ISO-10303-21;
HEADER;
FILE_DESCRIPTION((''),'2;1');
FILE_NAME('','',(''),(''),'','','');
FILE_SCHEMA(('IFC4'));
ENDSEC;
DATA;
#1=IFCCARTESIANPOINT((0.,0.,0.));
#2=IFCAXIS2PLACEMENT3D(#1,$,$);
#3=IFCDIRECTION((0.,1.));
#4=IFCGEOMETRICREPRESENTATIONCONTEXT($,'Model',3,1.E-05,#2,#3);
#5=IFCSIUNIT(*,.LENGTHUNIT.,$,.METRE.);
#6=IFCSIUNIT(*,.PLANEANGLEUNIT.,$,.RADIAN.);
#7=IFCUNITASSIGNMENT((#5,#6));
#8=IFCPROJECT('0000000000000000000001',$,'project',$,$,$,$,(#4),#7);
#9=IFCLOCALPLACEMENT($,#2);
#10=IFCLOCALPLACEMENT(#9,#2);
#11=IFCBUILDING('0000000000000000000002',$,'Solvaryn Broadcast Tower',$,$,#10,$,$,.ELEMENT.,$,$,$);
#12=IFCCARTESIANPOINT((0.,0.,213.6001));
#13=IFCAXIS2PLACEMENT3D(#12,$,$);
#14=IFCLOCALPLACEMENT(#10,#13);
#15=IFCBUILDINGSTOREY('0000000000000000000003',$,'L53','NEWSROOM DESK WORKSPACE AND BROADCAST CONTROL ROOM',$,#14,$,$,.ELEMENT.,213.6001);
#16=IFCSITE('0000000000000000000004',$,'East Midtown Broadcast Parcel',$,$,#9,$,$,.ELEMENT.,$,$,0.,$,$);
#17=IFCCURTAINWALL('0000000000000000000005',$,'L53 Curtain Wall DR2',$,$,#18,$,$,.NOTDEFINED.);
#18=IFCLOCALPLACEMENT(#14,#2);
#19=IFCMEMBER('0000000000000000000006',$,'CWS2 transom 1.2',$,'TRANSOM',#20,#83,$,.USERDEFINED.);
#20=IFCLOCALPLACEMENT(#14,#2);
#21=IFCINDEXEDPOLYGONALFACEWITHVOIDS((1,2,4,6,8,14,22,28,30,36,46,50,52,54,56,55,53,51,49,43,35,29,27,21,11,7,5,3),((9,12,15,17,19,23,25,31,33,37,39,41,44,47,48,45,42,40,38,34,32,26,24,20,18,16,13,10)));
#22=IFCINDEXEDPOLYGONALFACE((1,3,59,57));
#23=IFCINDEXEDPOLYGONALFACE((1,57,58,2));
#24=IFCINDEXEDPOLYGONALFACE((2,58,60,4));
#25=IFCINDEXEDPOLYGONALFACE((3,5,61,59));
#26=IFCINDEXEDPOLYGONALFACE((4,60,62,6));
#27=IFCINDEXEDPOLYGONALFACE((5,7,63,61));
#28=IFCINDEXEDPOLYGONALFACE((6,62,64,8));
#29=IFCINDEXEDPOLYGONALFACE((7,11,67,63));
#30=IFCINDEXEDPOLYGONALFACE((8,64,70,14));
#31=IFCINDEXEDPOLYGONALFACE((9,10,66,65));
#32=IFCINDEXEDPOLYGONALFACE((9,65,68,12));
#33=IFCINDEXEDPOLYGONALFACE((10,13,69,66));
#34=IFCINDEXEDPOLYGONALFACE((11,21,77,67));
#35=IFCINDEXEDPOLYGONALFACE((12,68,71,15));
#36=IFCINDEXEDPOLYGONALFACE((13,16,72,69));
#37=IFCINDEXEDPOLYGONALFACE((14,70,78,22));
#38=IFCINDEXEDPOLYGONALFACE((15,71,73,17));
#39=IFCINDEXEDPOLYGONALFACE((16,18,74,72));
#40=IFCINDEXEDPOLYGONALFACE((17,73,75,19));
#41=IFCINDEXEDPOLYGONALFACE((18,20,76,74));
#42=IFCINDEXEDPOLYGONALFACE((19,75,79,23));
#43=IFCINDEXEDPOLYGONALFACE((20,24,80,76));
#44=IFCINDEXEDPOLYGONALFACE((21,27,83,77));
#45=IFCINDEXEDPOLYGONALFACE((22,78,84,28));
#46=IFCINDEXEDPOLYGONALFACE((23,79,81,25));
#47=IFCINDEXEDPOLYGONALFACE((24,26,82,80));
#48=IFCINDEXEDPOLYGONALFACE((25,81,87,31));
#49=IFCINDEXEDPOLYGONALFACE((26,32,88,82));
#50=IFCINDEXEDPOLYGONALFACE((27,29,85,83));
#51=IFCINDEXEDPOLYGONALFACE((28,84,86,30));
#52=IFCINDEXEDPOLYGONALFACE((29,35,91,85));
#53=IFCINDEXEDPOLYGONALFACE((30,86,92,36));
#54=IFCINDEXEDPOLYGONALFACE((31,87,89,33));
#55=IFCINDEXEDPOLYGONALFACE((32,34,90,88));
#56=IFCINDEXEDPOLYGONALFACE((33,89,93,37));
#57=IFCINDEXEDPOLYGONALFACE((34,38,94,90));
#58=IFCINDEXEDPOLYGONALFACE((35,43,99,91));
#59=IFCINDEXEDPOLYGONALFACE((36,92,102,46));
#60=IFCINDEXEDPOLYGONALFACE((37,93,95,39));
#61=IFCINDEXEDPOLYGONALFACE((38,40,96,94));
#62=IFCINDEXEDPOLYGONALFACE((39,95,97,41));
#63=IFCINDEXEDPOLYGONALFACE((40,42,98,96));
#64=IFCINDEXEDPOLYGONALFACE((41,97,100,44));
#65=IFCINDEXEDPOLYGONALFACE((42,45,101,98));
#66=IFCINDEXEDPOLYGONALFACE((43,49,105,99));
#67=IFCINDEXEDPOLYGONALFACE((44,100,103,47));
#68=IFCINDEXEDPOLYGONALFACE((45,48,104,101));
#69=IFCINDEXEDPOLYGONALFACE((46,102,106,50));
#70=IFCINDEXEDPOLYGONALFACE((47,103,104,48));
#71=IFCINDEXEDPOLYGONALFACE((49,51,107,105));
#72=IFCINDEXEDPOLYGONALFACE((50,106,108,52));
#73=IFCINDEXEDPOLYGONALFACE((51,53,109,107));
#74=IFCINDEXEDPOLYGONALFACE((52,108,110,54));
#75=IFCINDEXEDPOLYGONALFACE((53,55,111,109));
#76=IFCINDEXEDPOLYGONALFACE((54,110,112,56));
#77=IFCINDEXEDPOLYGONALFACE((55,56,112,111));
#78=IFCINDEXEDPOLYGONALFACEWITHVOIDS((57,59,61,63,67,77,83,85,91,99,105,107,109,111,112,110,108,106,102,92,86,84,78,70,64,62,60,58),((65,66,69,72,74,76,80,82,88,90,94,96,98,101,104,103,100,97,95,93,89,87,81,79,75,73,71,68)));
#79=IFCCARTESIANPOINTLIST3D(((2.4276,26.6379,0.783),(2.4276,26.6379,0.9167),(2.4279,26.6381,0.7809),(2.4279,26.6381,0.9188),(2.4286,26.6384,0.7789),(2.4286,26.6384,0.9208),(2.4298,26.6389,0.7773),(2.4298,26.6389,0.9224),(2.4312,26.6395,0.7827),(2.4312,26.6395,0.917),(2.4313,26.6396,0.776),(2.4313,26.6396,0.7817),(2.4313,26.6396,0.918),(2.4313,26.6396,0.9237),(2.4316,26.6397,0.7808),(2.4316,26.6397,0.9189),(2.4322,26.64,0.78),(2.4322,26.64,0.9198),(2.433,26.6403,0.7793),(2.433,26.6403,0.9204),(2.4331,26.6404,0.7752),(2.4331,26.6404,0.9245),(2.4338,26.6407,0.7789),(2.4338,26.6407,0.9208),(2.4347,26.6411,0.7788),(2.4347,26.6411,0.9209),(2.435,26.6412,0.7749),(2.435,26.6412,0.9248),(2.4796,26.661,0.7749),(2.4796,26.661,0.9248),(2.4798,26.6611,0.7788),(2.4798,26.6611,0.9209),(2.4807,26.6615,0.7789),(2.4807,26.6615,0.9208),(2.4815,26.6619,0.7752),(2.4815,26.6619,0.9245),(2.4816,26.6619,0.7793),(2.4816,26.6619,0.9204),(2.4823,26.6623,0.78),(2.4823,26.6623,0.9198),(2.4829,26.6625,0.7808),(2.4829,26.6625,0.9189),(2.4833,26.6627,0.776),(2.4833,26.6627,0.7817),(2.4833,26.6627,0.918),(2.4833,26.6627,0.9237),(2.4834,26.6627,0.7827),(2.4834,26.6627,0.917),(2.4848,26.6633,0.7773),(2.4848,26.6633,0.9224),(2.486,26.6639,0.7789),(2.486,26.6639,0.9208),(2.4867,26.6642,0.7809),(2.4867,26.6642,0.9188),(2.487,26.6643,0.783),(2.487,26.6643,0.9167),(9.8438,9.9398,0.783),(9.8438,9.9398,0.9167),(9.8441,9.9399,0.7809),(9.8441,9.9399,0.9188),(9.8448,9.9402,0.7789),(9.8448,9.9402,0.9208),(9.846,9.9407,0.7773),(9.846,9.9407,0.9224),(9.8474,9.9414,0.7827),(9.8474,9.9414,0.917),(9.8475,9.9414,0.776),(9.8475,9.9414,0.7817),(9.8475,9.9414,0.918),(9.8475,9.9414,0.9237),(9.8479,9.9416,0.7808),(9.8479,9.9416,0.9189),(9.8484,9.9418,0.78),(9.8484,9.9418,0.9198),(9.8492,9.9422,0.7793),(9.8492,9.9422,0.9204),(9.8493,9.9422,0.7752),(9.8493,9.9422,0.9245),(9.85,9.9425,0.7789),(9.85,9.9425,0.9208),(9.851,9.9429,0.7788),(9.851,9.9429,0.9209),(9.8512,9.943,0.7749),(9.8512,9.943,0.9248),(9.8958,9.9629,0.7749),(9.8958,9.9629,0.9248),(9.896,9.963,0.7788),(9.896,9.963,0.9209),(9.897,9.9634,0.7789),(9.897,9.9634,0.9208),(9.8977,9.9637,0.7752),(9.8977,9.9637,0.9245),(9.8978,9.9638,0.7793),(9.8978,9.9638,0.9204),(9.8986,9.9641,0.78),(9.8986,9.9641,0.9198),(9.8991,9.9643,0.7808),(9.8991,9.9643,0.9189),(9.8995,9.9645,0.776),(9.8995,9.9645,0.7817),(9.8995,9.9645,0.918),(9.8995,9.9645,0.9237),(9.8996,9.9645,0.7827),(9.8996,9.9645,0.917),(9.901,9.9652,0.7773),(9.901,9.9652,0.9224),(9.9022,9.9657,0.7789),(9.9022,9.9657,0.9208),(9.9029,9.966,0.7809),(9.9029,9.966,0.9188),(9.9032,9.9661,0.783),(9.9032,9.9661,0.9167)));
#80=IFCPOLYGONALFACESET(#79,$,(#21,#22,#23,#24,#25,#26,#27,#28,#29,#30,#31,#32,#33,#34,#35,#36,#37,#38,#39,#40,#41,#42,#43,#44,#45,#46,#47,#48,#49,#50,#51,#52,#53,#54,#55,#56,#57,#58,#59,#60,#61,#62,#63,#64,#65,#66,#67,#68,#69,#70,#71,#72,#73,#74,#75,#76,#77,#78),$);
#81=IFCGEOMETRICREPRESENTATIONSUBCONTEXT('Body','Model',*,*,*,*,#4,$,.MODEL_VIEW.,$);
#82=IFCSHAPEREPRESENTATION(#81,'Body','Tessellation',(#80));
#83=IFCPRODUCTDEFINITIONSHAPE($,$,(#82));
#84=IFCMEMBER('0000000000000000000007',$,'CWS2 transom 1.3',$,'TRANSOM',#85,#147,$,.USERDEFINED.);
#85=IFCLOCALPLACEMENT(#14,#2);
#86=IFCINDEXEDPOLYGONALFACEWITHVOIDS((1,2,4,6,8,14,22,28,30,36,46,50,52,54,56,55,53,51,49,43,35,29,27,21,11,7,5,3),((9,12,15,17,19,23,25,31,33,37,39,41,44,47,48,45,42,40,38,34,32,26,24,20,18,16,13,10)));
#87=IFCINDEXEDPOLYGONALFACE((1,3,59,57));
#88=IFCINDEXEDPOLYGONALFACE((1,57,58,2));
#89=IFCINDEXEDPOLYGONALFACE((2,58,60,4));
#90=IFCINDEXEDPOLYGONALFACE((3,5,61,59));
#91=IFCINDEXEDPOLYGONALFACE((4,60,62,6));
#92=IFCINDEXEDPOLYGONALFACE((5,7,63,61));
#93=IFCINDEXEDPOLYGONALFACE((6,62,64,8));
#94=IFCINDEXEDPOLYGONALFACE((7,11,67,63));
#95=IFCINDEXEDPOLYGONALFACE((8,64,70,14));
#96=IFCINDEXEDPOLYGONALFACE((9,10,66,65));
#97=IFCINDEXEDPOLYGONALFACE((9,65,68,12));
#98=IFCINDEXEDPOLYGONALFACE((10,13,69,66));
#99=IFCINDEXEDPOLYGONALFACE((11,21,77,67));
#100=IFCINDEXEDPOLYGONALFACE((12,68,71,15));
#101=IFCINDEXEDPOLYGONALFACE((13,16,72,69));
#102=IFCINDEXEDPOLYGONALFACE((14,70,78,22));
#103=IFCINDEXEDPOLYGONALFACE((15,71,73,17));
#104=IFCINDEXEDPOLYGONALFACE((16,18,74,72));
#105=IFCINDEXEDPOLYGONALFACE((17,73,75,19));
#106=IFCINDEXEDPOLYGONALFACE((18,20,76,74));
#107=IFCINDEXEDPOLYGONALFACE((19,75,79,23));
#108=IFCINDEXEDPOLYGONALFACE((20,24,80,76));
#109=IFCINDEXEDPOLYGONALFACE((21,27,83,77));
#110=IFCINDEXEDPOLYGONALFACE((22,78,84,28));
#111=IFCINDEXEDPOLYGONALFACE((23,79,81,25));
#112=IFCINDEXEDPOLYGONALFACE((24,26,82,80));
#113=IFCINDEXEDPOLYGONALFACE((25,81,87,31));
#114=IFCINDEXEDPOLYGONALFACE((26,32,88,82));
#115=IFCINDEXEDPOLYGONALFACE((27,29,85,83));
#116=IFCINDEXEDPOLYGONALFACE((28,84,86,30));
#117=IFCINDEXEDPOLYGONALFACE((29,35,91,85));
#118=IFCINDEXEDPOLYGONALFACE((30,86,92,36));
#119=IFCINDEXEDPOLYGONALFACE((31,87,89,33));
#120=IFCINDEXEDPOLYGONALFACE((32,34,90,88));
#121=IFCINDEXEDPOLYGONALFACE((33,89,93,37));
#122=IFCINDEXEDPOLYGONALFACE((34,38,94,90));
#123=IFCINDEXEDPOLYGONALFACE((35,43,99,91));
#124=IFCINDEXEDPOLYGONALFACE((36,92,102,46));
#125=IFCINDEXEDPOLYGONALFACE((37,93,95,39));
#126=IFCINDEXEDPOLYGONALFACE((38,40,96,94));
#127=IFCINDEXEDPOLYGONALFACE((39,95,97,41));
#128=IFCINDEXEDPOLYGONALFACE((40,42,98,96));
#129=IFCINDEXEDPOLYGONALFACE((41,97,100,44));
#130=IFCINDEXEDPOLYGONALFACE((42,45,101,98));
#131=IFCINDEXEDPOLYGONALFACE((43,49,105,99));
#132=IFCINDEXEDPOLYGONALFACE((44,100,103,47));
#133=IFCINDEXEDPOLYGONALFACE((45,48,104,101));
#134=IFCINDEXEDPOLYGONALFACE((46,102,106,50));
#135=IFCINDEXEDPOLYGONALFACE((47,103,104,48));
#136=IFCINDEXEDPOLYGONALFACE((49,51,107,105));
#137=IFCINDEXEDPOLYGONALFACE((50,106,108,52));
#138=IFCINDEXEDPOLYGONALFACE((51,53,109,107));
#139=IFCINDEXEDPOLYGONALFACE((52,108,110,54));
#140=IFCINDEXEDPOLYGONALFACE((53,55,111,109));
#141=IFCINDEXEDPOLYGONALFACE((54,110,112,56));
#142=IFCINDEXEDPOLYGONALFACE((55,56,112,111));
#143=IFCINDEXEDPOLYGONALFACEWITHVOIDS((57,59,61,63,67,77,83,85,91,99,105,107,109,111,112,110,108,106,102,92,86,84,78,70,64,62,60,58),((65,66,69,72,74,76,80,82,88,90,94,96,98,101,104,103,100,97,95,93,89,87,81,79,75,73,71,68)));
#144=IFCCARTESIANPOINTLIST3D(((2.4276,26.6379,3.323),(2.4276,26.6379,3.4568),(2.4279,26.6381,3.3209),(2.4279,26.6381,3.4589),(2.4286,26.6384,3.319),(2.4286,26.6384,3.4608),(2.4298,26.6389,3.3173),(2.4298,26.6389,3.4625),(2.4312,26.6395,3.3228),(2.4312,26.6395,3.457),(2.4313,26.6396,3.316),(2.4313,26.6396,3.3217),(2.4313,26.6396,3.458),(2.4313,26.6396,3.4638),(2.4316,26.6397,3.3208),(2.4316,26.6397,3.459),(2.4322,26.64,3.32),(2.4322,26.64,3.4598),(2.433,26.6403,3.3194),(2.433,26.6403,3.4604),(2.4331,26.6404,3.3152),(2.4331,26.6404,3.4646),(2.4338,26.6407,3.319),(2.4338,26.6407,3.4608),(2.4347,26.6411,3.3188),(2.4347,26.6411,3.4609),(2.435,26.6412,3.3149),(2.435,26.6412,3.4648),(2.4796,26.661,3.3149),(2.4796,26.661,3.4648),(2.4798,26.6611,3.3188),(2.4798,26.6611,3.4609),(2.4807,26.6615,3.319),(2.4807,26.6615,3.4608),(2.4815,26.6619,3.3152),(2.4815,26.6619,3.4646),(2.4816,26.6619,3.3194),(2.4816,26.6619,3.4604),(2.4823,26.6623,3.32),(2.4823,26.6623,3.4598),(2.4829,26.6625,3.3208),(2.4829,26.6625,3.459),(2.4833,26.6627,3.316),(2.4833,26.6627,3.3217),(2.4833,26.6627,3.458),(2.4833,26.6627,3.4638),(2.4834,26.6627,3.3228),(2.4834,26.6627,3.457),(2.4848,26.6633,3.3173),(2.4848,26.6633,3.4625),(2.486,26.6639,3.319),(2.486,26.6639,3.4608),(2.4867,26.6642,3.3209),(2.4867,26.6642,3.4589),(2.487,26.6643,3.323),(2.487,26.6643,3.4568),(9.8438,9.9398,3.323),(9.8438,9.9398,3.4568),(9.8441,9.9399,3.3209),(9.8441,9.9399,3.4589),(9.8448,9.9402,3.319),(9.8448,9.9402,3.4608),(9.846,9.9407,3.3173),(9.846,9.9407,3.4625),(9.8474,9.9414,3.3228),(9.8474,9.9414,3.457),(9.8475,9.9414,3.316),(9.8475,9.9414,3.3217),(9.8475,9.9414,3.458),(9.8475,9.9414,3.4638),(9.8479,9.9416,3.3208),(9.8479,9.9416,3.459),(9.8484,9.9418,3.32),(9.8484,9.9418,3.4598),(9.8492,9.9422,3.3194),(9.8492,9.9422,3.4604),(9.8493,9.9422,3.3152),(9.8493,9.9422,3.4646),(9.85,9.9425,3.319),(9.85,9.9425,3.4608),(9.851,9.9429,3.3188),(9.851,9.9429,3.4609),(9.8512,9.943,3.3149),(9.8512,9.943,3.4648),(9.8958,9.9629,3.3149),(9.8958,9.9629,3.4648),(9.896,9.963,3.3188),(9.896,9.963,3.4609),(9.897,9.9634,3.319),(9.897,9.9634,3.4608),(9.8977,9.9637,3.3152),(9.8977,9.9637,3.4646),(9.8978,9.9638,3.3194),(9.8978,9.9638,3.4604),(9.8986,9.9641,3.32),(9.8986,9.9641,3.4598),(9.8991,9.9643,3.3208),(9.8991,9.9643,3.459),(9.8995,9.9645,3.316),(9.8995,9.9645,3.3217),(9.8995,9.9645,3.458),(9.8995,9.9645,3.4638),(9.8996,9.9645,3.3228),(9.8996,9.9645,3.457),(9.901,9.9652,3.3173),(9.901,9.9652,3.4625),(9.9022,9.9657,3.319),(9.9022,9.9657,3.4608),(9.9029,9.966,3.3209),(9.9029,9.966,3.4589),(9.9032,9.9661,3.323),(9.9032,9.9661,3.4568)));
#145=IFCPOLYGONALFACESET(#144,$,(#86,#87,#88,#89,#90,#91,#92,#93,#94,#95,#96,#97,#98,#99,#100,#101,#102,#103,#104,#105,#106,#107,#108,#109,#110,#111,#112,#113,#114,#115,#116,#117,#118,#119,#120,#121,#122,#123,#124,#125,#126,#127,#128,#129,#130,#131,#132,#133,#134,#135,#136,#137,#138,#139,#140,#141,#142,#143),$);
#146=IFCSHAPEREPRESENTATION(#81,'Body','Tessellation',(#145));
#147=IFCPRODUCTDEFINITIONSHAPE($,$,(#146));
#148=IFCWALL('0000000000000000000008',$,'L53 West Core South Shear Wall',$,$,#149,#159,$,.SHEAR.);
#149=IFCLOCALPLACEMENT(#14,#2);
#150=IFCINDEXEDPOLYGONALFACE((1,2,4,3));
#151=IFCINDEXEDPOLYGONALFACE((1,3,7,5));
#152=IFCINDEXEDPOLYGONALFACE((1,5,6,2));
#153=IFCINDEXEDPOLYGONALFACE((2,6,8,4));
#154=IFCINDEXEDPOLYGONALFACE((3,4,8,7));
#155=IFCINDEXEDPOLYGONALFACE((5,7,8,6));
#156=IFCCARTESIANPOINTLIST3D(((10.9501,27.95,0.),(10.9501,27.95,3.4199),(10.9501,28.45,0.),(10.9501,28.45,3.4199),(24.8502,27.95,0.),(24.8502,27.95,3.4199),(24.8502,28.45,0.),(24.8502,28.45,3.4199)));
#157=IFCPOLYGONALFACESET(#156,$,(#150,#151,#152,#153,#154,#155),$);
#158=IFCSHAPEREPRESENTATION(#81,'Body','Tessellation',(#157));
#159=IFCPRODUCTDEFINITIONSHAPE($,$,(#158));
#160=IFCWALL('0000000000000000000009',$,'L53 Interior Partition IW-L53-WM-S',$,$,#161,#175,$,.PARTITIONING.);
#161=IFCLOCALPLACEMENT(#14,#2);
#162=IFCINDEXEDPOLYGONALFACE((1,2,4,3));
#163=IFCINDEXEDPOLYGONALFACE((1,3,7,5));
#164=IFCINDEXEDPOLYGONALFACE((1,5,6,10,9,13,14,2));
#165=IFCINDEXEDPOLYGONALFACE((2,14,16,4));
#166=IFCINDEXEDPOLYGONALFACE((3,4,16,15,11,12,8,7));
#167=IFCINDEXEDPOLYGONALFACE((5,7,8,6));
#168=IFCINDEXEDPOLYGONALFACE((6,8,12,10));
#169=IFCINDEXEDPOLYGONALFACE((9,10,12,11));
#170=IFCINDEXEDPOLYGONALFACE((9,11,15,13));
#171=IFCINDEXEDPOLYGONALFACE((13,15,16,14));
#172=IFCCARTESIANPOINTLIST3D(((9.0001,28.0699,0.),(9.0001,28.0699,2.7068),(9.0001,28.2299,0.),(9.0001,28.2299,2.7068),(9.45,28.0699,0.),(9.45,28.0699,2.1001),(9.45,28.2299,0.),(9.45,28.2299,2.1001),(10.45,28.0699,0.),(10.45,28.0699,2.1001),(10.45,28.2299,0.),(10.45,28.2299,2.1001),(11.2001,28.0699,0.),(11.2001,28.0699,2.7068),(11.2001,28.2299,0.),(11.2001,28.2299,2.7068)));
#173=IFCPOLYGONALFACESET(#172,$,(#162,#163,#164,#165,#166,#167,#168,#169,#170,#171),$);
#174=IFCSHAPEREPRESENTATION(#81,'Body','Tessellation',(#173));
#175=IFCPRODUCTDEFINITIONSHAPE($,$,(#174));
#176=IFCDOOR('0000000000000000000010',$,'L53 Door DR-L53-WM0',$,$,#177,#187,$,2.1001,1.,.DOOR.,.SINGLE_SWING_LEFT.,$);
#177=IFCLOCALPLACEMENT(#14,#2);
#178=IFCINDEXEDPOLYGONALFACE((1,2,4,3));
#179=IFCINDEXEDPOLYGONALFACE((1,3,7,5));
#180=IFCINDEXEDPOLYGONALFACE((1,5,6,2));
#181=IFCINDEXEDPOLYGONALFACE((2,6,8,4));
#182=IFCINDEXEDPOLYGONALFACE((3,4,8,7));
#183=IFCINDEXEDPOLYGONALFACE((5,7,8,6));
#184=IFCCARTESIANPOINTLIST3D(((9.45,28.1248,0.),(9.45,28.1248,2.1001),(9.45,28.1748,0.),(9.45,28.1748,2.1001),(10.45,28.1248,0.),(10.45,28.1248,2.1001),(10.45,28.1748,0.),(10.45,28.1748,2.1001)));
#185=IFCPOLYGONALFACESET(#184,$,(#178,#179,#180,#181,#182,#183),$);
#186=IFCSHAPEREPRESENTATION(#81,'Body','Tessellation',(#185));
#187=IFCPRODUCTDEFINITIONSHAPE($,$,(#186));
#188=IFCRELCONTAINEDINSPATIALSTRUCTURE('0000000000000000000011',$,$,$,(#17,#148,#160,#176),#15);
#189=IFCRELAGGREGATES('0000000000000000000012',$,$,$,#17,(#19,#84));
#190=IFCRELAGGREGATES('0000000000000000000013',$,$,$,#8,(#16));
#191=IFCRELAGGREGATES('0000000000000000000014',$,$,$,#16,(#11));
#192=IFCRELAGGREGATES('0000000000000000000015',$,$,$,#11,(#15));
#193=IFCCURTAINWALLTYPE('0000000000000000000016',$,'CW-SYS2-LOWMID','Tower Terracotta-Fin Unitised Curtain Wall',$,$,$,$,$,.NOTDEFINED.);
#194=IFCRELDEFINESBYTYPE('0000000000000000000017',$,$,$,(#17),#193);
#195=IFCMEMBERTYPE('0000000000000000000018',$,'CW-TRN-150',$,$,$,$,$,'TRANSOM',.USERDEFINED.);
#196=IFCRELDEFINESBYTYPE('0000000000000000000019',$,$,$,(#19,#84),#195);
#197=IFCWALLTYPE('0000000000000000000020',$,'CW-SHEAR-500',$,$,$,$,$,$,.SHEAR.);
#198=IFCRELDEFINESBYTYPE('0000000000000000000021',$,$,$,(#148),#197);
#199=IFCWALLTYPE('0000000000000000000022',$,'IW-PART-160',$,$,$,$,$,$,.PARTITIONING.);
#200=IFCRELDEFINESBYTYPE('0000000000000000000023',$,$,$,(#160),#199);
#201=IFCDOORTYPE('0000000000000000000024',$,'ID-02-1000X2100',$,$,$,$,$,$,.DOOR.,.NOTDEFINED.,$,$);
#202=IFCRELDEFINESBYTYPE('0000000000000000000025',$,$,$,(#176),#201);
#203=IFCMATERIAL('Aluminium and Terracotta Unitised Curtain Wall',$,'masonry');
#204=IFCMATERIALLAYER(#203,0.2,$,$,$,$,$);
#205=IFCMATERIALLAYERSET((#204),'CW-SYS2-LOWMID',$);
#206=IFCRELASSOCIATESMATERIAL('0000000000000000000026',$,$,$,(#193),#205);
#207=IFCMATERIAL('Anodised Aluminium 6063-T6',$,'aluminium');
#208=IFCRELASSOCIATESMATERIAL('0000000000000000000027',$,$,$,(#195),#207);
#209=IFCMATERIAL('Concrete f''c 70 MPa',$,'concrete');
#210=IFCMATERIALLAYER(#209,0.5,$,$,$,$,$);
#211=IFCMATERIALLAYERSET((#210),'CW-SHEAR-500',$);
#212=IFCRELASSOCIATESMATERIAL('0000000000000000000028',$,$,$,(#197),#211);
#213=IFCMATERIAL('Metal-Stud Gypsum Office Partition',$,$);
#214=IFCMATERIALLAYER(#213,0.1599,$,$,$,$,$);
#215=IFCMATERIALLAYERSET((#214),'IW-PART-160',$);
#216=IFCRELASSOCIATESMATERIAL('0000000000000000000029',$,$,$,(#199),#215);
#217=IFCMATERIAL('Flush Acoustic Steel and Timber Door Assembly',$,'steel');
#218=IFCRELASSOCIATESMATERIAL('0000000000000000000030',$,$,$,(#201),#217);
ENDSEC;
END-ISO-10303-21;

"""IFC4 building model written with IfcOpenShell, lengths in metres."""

from ifc_helpers import new_model, si_unit, direction, frame, frame_2d, origin, origin_2d, place, context, subcontext, project, spatial, rectangle, hollow_rectangle, extrude, material, layer, layer_set, material_profile, profile_set, type_object, element, fill, aggregate, save


model = new_model("IFC4")

# Units and contexts
model_context = context("Model", 3, precision=1e-05, world=origin(), true_north=direction((0.0, 1.0)))
body_context = subcontext(model_context, "Body", "Model", "MODEL_VIEW")
ifc_project = project(units=[si_unit("LENGTHUNIT", "METRE"), si_unit("PLANEANGLEUNIT", "RADIAN")], contexts=[model_context])

# Site, building, storey
site_placement = place(None, origin())
site = spatial("IfcSite", under=ifc_project, at=site_placement, Name="East Midtown Broadcast Parcel", CompositionType="ELEMENT", RefElevation=0.0)
building_placement = place(site_placement, origin())
building = spatial("IfcBuilding", under=site, at=building_placement, Name="Solvaryn Broadcast Tower", CompositionType="ELEMENT")
storey_placement = place(building_placement, frame((0.0, 0.0, 213.6001)))
storey = spatial("IfcBuildingStorey", under=building, at=storey_placement, Name="L53", Description="NEWSROOM DESK WORKSPACE AND BROADCAST CONTROL ROOM", CompositionType="ELEMENT", Elevation=213.6001)

# Shared definitions
ifc_material_1 = material(Name="Aluminium and Terracotta Unitised Curtain Wall", Category="masonry")
ifc_layer_1 = layer(ifc_material_1, 0.2)
ifc_layer_set_1 = layer_set([ifc_layer_1], Name="CW-SYS2-LOWMID")
curtain_wall_type = type_object("IfcCurtainWallType", Name="CW-SYS2-LOWMID", Description="Tower Terracotta-Fin Unitised Curtain Wall", PredefinedType="NOTDEFINED", material=ifc_layer_set_1)

# Curtain wall, members
curtain_wall_1_placement = place(storey_placement, origin())
curtain_wall_1 = element("IfcCurtainWall", 1, at=curtain_wall_1_placement, inside=storey, type_object=curtain_wall_type, Name="L53 Curtain Wall DR2", PredefinedType="NOTDEFINED")
ifc_material_2 = material(Name="Anodised Aluminium 6063-T6", Category="aluminium")
ifc_material_profile_1 = material_profile(ifc_material_2, hollow_rectangle(XDim=0.0649, YDim=0.1499, WallThickness=0.0039, InnerFilletRadius=0.0039, OuterFilletRadius=0.0081, at=origin_2d()))
ifc_profile_set_1 = profile_set([ifc_material_profile_1], Name="Anodised Aluminium 6063-T6")
member_type_1 = type_object("IfcMemberType", Name="CW-TRN-150", ElementType="TRANSOM", PredefinedType="USERDEFINED", material=ifc_profile_set_1)
member_1_placement = place(storey_placement, frame((2.4573, 26.6511, 0.8499), z_axis=(0.405902, -0.913917, 0.0), x_axis=(0.913917, 0.405902, 0.0)))
member_1 = element("IfcMember", 2, at=member_1_placement, type_object=member_type_1, Name="CWS2 transom 1.2", ObjectType="TRANSOM", PredefinedType="USERDEFINED", context=body_context, shape_type="SweptSolid", body=[
    extrude(hollow_rectangle(XDim=0.0649, YDim=0.1499, WallThickness=0.0039, InnerFilletRadius=0.0039, OuterFilletRadius=0.0081, at=origin_2d()), origin(), (0.0, 0.0, 1.0), 18.271),
])
member_2_placement = place(storey_placement, frame((2.4573, 26.6511, 3.3899), z_axis=(0.405902, -0.913917, 0.0), x_axis=(0.913917, 0.405902, 0.0)))
member_2 = element("IfcMember", 3, at=member_2_placement, type_object=member_type_1, Name="CWS2 transom 1.3", ObjectType="TRANSOM", PredefinedType="USERDEFINED", context=body_context, shape_type="SweptSolid", body=[
    extrude(hollow_rectangle(XDim=0.0649, YDim=0.1499, WallThickness=0.0039, InnerFilletRadius=0.0039, OuterFilletRadius=0.0081, at=origin_2d()), origin(), (0.0, 0.0, 1.0), 18.271),
])
aggregate(curtain_wall_1, [member_1, member_2])

# Wall
ifc_material_3 = material(Name="Concrete f'c 70 MPa", Category="concrete")
ifc_layer_2 = layer(ifc_material_3, 0.5)
ifc_layer_set_2 = layer_set([ifc_layer_2], Name="CW-SHEAR-500")
wall_type_1 = type_object("IfcWallType", Name="CW-SHEAR-500", PredefinedType="SHEAR", material=ifc_layer_set_2)
wall_1_placement = place(storey_placement, frame((10.95, 28.2, 0.0), z_axis=(0.0, 0.0, 1.0), x_axis=(1.0, 0.0, 0.0)))
element("IfcWall", 4, at=wall_1_placement, inside=storey, type_object=wall_type_1, Name="L53 West Core South Shear Wall", PredefinedType="SHEAR", context=body_context, shape_type="SweptSolid", body=[
    extrude(rectangle(XDim=13.9001, YDim=0.5, at=frame_2d((6.9502, 0.0))), origin(), (0.0, 0.0, 1.0), 3.4199),
])

# Wall, opening, door
ifc_material_4 = material(Name="Metal-Stud Gypsum Office Partition")
ifc_layer_3 = layer(ifc_material_4, 0.1599)
ifc_layer_set_3 = layer_set([ifc_layer_3], Name="IW-PART-160")
wall_type_2 = type_object("IfcWallType", Name="IW-PART-160", PredefinedType="PARTITIONING", material=ifc_layer_set_3)
wall_2_placement = place(storey_placement, frame((9.0, 28.1499, 0.0), z_axis=(0.0, 0.0, 1.0), x_axis=(1.0, 0.0, 0.0)))
wall_2 = element("IfcWall", 5, at=wall_2_placement, inside=storey, type_object=wall_type_2, Name="L53 Interior Partition IW-L53-WM-S", PredefinedType="PARTITIONING", context=body_context, shape_type="SweptSolid", body=[
    extrude(rectangle(XDim=2.2, YDim=0.1599, at=frame_2d((1.1001, 0.0))), origin(), (0.0, 0.0, 1.0), 2.7068),
])
opening_placement = place(wall_2_placement, frame((0.45, 0.0, 0.0)))
opening = element("IfcOpeningElement", 6, at=opening_placement, cuts=wall_2, PredefinedType="OPENING", context=body_context, shape_type="SweptSolid", body=[
    extrude(rectangle(XDim=1.0, YDim=2.1001, at=frame_2d((0.5, 1.05))), frame((0.0, 0.0901, 0.0), z_axis=(0.0, -1.0, 0.0), x_axis=(1.0, 0.0, 0.0)), (0.0, 0.0, 1.0), 0.1799),
])
ifc_material_5 = material(Name="Flush Acoustic Steel and Timber Door Assembly", Category="steel")
door_type = type_object("IfcDoorType", Name="ID-02-1000X2100", OperationType="NOTDEFINED", PredefinedType="DOOR", material=ifc_material_5)
door_placement = place(opening_placement, origin())
door = element("IfcDoor", 7, at=door_placement, inside=storey, type_object=door_type, Name="L53 Door DR-L53-WM0", OperationType="SINGLE_SWING_LEFT", OverallHeight=2.1001, OverallWidth=1.0, PredefinedType="DOOR", context=body_context, shape_type="SweptSolid", body=[
    extrude(rectangle(XDim=1.0, YDim=2.1001, at=frame_2d((0.5, 1.05))), frame((0.0, 0.0249, 0.0), z_axis=(0.0, -1.0, 0.0), x_axis=(1.0, 0.0, 0.0)), (0.0, 0.0, 1.0), 0.05),
])
fill(opening, door)

save(model, "model.ifc")
